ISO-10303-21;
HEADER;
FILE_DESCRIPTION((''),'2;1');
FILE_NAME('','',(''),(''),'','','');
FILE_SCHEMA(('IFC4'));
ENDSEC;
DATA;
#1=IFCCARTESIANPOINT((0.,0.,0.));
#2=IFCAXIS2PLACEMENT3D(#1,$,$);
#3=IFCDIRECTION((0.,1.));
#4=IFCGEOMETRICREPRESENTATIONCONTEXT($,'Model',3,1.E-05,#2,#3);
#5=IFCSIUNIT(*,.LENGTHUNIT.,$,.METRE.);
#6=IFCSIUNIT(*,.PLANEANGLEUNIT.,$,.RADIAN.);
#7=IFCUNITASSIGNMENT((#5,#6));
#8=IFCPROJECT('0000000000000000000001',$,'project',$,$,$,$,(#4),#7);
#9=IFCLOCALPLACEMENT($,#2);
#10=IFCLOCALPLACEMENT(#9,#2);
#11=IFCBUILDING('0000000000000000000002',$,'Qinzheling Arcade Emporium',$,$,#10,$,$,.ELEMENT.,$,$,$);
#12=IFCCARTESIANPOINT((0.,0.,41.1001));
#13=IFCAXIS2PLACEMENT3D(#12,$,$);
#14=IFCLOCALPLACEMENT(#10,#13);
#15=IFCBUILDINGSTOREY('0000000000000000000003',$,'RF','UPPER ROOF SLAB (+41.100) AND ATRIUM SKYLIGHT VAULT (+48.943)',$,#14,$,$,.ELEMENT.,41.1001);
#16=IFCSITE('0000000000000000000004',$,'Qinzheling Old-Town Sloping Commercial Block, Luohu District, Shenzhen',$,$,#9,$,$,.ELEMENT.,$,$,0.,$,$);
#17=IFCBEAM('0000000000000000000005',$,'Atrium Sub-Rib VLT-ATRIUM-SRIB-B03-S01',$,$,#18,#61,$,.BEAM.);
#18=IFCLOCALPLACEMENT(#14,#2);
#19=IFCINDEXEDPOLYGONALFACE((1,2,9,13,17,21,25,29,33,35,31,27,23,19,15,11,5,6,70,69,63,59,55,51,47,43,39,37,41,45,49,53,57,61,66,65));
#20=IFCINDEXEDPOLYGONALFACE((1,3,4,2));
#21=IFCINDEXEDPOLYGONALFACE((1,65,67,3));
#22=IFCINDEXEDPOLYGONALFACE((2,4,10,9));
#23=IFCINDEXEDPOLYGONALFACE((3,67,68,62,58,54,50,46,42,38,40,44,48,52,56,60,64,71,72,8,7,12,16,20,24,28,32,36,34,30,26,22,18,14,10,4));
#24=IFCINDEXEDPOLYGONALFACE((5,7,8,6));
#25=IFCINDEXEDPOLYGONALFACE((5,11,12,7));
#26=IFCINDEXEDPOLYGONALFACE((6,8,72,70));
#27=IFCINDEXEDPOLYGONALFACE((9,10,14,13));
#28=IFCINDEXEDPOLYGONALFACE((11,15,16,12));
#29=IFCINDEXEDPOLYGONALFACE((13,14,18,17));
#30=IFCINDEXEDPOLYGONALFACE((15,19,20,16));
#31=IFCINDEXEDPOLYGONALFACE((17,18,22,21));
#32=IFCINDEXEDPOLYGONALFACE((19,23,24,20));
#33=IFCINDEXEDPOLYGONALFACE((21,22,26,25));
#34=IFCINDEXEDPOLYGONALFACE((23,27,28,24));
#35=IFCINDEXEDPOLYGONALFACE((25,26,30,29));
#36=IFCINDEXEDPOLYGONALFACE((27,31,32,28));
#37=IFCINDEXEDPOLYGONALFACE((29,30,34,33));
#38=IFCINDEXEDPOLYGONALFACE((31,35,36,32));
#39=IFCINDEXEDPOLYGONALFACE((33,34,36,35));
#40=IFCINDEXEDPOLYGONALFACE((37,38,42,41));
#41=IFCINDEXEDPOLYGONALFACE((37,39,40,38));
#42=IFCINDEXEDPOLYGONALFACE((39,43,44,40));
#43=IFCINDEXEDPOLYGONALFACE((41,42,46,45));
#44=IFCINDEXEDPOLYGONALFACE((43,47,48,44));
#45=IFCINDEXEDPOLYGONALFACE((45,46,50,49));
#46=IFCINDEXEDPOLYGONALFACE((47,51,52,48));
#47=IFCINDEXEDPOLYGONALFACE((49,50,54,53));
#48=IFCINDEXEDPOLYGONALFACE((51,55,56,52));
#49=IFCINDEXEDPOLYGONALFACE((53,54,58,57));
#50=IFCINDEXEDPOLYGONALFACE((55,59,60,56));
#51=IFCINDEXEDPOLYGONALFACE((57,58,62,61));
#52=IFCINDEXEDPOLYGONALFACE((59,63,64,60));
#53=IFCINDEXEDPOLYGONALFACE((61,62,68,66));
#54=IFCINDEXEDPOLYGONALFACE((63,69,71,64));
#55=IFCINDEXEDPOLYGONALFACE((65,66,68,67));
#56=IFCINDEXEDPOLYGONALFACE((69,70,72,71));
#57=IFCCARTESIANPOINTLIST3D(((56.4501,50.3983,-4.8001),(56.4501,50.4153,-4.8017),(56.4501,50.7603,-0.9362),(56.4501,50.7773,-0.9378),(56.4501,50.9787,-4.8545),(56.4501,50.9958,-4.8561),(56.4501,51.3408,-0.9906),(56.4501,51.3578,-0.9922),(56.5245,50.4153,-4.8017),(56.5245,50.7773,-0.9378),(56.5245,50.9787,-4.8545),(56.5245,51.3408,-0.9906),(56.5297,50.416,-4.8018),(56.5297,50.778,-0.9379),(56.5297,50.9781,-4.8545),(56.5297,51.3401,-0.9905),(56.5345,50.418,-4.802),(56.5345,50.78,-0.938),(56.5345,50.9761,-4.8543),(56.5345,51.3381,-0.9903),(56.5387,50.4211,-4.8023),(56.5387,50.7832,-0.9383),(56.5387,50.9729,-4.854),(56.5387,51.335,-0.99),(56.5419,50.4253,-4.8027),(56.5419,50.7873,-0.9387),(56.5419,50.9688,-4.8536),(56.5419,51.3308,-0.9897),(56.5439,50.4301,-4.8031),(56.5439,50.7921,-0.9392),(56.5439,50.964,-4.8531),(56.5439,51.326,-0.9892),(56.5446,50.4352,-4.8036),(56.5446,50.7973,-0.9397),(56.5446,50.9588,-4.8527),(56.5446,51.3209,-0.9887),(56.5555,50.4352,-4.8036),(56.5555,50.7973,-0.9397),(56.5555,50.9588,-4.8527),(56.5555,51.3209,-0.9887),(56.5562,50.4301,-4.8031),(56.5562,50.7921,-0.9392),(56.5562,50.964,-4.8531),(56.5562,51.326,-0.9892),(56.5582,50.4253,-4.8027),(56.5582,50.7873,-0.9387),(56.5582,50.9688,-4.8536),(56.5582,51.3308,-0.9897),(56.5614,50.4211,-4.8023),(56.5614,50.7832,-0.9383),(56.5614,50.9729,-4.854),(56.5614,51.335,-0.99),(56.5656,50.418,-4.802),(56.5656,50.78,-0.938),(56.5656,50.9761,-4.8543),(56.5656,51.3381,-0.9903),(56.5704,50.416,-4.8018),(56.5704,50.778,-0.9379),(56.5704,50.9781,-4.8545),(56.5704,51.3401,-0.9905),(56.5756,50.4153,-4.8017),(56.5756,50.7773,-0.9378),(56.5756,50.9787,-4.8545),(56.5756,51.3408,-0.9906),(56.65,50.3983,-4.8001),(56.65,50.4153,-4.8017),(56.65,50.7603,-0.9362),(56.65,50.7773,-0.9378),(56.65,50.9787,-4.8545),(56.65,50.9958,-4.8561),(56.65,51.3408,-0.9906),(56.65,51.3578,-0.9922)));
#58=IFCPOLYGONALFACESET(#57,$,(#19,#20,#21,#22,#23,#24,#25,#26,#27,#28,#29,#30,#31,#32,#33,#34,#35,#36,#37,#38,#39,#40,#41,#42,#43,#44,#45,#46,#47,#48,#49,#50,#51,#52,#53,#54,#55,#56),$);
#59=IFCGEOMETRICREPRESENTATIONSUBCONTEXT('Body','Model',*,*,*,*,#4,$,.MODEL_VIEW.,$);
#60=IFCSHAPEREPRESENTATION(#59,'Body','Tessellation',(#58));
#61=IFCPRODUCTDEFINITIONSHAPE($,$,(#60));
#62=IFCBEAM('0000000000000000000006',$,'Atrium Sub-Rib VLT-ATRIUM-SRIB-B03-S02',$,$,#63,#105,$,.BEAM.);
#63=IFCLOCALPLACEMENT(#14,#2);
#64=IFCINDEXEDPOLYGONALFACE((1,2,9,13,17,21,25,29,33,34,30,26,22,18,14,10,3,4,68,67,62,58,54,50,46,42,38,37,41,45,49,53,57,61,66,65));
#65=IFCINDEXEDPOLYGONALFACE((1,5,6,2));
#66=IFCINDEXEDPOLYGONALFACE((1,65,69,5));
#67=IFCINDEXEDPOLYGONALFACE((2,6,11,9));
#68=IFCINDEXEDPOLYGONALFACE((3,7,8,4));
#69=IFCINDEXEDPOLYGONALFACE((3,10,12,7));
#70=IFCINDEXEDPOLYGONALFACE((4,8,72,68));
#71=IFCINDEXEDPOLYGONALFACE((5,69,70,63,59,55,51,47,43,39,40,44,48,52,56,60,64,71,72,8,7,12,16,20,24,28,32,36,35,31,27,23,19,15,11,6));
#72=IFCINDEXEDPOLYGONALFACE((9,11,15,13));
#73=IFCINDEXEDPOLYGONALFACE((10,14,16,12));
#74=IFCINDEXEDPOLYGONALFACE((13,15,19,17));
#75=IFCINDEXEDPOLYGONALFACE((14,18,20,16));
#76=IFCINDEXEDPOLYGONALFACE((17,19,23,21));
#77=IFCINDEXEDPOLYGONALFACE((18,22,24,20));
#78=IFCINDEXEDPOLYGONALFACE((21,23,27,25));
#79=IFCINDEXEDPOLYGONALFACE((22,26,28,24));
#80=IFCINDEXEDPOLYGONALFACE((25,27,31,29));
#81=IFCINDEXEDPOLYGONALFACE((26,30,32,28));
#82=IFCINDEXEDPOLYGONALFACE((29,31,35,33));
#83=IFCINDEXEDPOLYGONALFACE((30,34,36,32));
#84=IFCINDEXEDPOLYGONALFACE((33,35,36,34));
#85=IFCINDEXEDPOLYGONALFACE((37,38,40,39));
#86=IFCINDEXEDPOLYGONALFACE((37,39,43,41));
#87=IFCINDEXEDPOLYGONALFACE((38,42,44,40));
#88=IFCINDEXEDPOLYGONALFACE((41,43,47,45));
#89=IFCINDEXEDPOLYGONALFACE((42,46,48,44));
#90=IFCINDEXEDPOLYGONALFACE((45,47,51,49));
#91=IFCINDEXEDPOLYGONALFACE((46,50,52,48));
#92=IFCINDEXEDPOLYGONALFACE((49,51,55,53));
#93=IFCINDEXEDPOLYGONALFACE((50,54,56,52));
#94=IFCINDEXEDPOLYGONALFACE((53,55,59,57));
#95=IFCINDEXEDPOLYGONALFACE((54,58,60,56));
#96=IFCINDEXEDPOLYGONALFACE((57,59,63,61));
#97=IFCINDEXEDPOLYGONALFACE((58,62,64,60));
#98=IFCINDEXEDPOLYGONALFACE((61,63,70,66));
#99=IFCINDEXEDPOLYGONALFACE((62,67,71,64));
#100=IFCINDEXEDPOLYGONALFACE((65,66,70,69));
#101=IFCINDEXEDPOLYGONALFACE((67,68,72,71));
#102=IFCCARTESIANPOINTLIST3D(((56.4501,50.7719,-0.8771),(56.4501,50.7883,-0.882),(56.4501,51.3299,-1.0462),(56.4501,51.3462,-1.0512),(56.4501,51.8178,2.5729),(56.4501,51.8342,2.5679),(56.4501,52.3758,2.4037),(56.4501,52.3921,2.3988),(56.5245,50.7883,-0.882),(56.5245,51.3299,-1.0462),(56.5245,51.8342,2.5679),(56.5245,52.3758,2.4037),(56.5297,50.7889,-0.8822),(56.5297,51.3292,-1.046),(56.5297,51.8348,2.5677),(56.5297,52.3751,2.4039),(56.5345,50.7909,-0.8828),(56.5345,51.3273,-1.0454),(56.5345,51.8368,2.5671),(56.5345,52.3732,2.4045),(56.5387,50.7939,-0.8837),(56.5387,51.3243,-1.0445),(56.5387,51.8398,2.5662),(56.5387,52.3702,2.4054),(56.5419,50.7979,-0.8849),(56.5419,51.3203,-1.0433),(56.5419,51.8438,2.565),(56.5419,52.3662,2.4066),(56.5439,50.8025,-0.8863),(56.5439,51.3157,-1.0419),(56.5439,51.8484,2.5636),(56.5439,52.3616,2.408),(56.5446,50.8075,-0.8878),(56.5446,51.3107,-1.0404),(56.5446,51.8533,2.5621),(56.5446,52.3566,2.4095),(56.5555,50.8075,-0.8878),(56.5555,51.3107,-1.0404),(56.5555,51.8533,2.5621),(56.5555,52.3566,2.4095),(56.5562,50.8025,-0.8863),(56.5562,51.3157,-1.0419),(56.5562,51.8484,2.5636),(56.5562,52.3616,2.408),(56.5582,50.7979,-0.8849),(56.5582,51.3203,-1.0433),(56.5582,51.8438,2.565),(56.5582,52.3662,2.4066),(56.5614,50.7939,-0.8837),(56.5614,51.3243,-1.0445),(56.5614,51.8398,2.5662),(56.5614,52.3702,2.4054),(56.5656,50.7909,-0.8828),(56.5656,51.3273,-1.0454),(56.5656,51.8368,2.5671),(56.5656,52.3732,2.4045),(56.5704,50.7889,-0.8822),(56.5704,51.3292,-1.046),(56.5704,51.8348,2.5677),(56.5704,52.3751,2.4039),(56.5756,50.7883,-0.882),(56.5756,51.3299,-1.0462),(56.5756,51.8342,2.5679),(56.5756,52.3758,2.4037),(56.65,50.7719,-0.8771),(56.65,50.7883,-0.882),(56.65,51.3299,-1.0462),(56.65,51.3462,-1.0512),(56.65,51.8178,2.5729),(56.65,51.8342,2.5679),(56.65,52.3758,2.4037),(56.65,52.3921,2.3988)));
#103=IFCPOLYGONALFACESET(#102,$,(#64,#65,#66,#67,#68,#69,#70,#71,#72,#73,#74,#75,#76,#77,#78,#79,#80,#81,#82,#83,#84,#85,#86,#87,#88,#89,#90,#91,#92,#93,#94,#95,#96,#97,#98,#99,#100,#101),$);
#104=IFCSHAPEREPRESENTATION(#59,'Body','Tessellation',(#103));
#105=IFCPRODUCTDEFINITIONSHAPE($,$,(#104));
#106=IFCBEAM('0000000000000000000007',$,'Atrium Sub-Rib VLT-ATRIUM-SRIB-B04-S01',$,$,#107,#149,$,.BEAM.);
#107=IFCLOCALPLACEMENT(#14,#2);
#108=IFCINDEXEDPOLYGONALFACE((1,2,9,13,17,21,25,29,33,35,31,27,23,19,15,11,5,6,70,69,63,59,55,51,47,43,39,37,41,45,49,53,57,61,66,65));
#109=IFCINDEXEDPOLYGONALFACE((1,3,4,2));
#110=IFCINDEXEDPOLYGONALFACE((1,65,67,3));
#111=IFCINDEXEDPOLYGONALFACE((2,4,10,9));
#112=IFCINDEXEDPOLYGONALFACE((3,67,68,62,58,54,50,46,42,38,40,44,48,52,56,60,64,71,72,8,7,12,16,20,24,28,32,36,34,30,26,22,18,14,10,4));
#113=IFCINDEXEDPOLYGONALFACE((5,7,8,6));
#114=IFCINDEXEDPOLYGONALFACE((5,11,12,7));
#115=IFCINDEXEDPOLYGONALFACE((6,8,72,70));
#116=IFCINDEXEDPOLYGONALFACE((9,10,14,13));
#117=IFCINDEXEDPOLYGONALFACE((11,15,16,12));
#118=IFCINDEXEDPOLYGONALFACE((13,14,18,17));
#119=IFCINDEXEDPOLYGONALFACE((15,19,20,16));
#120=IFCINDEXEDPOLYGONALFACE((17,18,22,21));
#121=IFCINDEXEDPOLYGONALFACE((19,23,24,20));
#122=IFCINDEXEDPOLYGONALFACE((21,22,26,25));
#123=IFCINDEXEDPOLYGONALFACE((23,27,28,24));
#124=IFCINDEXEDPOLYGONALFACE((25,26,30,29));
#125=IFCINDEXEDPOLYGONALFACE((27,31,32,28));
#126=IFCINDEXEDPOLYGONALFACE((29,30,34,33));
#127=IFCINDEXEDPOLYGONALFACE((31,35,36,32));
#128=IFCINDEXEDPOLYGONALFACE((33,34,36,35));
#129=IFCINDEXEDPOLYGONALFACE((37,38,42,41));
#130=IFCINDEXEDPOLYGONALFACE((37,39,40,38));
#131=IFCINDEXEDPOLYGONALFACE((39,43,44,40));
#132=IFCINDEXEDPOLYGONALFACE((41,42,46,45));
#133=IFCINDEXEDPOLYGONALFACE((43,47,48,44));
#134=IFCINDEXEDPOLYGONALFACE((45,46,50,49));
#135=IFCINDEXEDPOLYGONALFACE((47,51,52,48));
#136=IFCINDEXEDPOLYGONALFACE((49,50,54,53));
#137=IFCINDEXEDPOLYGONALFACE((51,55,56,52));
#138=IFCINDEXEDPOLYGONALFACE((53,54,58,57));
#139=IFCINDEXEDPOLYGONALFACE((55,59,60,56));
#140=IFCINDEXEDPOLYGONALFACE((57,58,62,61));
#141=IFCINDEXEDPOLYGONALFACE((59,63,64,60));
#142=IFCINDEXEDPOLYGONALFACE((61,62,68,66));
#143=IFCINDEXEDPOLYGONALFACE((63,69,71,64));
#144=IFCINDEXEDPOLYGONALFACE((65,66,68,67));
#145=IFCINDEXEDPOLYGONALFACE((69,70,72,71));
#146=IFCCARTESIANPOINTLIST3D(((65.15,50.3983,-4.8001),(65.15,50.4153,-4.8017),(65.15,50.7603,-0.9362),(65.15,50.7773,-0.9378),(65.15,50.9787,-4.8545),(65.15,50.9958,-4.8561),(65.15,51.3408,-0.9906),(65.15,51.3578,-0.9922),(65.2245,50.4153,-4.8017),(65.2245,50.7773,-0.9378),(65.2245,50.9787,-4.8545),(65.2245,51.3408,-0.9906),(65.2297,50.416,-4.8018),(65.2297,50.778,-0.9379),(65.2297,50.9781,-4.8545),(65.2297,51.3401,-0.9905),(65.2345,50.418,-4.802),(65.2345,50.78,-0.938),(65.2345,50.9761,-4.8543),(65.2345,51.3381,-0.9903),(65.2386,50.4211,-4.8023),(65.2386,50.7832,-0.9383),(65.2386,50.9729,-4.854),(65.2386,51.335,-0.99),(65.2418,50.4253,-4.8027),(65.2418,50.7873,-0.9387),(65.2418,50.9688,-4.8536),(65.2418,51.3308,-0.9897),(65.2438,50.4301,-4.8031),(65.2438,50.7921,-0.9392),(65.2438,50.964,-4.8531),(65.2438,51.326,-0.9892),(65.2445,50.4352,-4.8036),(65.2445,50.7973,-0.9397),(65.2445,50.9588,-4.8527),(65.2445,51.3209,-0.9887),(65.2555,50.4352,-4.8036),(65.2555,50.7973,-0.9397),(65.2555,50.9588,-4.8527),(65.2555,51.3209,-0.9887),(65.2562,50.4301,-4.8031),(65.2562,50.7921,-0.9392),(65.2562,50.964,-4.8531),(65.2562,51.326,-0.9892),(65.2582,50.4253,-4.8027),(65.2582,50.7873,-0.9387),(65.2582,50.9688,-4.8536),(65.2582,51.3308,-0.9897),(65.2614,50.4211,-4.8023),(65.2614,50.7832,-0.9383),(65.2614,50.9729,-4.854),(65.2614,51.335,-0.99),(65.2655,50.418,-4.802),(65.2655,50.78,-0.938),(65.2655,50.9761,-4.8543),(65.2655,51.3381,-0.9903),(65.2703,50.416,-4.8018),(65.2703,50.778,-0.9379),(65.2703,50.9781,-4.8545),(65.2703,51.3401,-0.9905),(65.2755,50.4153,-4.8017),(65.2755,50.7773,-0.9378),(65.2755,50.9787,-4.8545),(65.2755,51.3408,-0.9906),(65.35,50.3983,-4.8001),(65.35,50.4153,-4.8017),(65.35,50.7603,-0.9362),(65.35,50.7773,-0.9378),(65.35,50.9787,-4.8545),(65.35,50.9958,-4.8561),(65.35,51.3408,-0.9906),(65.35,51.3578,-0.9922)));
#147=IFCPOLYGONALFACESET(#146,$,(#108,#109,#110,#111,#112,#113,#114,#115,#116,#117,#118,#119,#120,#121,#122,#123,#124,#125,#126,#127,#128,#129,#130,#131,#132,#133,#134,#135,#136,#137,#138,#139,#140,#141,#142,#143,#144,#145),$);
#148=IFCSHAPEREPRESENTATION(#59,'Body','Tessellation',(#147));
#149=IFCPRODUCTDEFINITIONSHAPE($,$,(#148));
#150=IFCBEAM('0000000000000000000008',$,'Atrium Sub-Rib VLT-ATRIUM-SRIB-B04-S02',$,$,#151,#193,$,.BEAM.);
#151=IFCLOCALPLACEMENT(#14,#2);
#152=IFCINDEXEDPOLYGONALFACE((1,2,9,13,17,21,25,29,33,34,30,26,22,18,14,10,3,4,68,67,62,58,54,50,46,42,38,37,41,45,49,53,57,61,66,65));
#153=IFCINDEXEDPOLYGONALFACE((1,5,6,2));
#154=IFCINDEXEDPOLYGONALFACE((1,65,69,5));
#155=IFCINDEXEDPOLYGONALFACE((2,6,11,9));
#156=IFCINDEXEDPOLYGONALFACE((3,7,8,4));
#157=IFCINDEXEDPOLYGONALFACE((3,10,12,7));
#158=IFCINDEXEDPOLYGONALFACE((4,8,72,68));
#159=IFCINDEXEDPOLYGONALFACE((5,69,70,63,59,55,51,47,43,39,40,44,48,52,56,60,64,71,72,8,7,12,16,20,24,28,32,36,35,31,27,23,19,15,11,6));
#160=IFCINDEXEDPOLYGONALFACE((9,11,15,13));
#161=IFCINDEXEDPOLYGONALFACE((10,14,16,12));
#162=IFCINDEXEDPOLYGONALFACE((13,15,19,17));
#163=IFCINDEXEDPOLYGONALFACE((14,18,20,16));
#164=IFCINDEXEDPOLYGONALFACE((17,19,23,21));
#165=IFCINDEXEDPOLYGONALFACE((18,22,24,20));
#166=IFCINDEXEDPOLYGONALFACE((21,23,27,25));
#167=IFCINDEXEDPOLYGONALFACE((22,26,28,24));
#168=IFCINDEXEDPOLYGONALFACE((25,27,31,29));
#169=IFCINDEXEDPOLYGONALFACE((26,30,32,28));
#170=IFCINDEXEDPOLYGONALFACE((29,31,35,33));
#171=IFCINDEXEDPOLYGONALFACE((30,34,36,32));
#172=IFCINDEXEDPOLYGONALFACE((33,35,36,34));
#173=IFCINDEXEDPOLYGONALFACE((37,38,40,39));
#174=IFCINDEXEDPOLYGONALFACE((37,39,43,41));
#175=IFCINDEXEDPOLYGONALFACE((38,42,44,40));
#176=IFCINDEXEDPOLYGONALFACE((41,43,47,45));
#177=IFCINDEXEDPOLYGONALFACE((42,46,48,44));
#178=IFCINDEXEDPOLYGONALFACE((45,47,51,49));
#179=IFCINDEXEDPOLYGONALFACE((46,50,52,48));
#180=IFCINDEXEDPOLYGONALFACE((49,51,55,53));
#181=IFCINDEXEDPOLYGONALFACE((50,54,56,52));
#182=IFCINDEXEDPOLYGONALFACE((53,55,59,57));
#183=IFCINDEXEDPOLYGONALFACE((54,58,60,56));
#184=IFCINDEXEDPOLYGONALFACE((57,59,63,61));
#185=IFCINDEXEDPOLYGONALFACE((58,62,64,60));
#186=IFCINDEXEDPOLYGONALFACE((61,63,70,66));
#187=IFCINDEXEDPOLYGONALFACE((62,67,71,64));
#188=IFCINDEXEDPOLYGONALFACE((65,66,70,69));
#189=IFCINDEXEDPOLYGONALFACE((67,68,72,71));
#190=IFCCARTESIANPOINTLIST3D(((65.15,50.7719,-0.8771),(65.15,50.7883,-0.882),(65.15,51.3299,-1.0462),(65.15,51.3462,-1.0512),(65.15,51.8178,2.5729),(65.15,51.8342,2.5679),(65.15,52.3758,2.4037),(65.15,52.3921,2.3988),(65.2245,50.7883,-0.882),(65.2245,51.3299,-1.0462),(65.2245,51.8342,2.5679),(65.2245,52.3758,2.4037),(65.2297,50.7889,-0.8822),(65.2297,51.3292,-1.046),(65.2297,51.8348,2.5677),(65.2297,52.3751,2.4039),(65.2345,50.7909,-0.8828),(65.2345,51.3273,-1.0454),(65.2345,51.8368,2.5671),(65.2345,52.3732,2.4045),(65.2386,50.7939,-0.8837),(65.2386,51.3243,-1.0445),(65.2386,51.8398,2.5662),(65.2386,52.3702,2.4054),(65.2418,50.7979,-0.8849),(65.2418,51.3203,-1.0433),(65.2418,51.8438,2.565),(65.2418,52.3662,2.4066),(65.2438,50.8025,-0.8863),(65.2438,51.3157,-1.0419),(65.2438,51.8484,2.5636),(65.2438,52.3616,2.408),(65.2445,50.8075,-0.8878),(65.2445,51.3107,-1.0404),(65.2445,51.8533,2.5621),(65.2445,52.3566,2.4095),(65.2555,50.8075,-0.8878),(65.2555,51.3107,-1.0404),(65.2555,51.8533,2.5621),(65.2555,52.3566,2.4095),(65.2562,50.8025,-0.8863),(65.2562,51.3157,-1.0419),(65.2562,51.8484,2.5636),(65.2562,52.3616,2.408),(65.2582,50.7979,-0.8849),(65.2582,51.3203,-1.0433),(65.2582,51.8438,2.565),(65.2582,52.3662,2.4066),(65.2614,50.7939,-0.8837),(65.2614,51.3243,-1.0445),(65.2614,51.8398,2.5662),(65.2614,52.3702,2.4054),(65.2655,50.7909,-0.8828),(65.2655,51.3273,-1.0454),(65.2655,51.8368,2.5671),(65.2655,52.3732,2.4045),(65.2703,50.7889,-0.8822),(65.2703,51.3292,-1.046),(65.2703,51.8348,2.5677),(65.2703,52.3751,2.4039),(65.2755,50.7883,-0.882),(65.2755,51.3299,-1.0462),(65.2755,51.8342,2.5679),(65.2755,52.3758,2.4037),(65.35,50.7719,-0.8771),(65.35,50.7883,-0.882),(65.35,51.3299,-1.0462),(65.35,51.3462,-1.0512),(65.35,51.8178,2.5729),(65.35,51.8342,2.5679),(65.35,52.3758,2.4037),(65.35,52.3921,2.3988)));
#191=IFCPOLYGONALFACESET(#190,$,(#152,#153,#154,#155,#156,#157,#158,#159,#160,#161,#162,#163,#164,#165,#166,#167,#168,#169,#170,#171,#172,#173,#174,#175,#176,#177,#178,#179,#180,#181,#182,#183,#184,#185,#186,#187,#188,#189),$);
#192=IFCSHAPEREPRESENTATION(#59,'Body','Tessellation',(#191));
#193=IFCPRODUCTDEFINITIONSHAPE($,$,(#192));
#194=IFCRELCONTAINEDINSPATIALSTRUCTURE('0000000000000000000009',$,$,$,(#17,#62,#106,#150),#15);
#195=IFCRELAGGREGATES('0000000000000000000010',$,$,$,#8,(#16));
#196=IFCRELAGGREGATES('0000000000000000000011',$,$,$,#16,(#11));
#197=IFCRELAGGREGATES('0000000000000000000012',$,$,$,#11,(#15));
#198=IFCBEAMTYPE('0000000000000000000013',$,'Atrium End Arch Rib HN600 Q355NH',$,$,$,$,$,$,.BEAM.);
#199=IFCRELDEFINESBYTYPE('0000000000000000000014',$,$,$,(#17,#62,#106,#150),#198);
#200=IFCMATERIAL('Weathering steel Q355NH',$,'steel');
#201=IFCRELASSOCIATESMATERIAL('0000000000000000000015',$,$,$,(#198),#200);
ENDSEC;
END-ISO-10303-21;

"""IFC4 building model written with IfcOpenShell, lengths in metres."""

from ifc_helpers import new_model, si_unit, direction, frame, origin, origin_2d, place, context, subcontext, project, spatial, i_section, extrude, material, material_profile, profile_set, type_object, element, save


model = new_model("IFC4")

# Units and contexts
model_context = context("Model", 3, precision=1e-05, world=origin(), true_north=direction((0.0, 1.0)))
body_context = subcontext(model_context, "Body", "Model", "MODEL_VIEW")
ifc_project = project(units=[si_unit("LENGTHUNIT", "METRE"), si_unit("PLANEANGLEUNIT", "RADIAN")], contexts=[model_context])

# Site, building, storey
site_placement = place(None, origin())
site = spatial("IfcSite", under=ifc_project, at=site_placement, Name="Qinzheling Old-Town Sloping Commercial Block, Luohu District, Shenzhen", CompositionType="ELEMENT", RefElevation=0.0)
building_placement = place(site_placement, origin())
building = spatial("IfcBuilding", under=site, at=building_placement, Name="Qinzheling Arcade Emporium", CompositionType="ELEMENT")
storey_placement = place(building_placement, frame((0.0, 0.0, 41.1001)))
storey = spatial("IfcBuildingStorey", under=building, at=storey_placement, Name="RF", Description="UPPER ROOF SLAB (+41.100) AND ATRIUM SKYLIGHT VAULT (+48.943)", CompositionType="ELEMENT", Elevation=41.1001)

# Beams
ifc_material_1 = material(Name="Weathering steel Q355NH", Category="steel")
ifc_material_profile_1 = material_profile(ifc_material_1, i_section(OverallWidth=0.2, OverallDepth=0.6001, WebThickness=0.011, FlangeThickness=0.0171, FilletRadius=0.02, at=origin_2d()), Name="HN 600x200x11x17", Category="steel")
ifc_profile_set_1 = profile_set([ifc_material_profile_1], Name="Weathering steel Q355NH")
beam_type_1 = type_object("IfcBeamType", Name="Atrium End Arch Rib HN600 Q355NH", PredefinedType="BEAM", material=ifc_profile_set_1)
beam_1_placement = place(storey_placement, frame((56.55, 50.697, -4.8281), z_axis=(0.0, 0.093292, 0.995639), x_axis=(-1.0, 0.0, 0.0)))
element("IfcBeam", 1, at=beam_1_placement, inside=storey, type_object=beam_type_1, Name="Atrium Sub-Rib VLT-ATRIUM-SRIB-B03-S01", PredefinedType="BEAM", context=body_context, shape_type="SweptSolid", body=[
    extrude(i_section(OverallWidth=0.2, OverallDepth=0.6001, WebThickness=0.011, FlangeThickness=0.0171, FilletRadius=0.02, at=origin_2d()), origin(), (0.0, 0.0, 1.0), 3.8809),
])
beam_2_placement = place(storey_placement, frame((56.55, 51.0591, -0.9641), z_axis=(0.0, 0.290124, 0.956989), x_axis=(-1.0, 0.0, 0.0)))
element("IfcBeam", 2, at=beam_2_placement, inside=storey, type_object=beam_type_1, Name="Atrium Sub-Rib VLT-ATRIUM-SRIB-B03-S02", PredefinedType="BEAM", context=body_context, shape_type="SweptSolid", body=[
    extrude(i_section(OverallWidth=0.2, OverallDepth=0.6001, WebThickness=0.011, FlangeThickness=0.0171, FilletRadius=0.02, at=origin_2d()), origin(), (0.0, 0.0, 1.0), 3.605),
])
beam_3_placement = place(storey_placement, frame((65.25, 50.697, -4.8281), z_axis=(0.0, 0.093292, 0.995639), x_axis=(-1.0, 0.0, 0.0)))
element("IfcBeam", 3, at=beam_3_placement, inside=storey, type_object=beam_type_1, Name="Atrium Sub-Rib VLT-ATRIUM-SRIB-B04-S01", PredefinedType="BEAM", context=body_context, shape_type="SweptSolid", body=[
    extrude(i_section(OverallWidth=0.2, OverallDepth=0.6001, WebThickness=0.011, FlangeThickness=0.0171, FilletRadius=0.02, at=origin_2d()), origin(), (0.0, 0.0, 1.0), 3.8809),
])
beam_4_placement = place(storey_placement, frame((65.25, 51.0591, -0.9641), z_axis=(0.0, 0.290124, 0.956989), x_axis=(-1.0, 0.0, 0.0)))
element("IfcBeam", 4, at=beam_4_placement, inside=storey, type_object=beam_type_1, Name="Atrium Sub-Rib VLT-ATRIUM-SRIB-B04-S02", PredefinedType="BEAM", context=body_context, shape_type="SweptSolid", body=[
    extrude(i_section(OverallWidth=0.2, OverallDepth=0.6001, WebThickness=0.011, FlangeThickness=0.0171, FilletRadius=0.02, at=origin_2d()), origin(), (0.0, 0.0, 1.0), 3.605),
])

save(model, "model.ifc")
